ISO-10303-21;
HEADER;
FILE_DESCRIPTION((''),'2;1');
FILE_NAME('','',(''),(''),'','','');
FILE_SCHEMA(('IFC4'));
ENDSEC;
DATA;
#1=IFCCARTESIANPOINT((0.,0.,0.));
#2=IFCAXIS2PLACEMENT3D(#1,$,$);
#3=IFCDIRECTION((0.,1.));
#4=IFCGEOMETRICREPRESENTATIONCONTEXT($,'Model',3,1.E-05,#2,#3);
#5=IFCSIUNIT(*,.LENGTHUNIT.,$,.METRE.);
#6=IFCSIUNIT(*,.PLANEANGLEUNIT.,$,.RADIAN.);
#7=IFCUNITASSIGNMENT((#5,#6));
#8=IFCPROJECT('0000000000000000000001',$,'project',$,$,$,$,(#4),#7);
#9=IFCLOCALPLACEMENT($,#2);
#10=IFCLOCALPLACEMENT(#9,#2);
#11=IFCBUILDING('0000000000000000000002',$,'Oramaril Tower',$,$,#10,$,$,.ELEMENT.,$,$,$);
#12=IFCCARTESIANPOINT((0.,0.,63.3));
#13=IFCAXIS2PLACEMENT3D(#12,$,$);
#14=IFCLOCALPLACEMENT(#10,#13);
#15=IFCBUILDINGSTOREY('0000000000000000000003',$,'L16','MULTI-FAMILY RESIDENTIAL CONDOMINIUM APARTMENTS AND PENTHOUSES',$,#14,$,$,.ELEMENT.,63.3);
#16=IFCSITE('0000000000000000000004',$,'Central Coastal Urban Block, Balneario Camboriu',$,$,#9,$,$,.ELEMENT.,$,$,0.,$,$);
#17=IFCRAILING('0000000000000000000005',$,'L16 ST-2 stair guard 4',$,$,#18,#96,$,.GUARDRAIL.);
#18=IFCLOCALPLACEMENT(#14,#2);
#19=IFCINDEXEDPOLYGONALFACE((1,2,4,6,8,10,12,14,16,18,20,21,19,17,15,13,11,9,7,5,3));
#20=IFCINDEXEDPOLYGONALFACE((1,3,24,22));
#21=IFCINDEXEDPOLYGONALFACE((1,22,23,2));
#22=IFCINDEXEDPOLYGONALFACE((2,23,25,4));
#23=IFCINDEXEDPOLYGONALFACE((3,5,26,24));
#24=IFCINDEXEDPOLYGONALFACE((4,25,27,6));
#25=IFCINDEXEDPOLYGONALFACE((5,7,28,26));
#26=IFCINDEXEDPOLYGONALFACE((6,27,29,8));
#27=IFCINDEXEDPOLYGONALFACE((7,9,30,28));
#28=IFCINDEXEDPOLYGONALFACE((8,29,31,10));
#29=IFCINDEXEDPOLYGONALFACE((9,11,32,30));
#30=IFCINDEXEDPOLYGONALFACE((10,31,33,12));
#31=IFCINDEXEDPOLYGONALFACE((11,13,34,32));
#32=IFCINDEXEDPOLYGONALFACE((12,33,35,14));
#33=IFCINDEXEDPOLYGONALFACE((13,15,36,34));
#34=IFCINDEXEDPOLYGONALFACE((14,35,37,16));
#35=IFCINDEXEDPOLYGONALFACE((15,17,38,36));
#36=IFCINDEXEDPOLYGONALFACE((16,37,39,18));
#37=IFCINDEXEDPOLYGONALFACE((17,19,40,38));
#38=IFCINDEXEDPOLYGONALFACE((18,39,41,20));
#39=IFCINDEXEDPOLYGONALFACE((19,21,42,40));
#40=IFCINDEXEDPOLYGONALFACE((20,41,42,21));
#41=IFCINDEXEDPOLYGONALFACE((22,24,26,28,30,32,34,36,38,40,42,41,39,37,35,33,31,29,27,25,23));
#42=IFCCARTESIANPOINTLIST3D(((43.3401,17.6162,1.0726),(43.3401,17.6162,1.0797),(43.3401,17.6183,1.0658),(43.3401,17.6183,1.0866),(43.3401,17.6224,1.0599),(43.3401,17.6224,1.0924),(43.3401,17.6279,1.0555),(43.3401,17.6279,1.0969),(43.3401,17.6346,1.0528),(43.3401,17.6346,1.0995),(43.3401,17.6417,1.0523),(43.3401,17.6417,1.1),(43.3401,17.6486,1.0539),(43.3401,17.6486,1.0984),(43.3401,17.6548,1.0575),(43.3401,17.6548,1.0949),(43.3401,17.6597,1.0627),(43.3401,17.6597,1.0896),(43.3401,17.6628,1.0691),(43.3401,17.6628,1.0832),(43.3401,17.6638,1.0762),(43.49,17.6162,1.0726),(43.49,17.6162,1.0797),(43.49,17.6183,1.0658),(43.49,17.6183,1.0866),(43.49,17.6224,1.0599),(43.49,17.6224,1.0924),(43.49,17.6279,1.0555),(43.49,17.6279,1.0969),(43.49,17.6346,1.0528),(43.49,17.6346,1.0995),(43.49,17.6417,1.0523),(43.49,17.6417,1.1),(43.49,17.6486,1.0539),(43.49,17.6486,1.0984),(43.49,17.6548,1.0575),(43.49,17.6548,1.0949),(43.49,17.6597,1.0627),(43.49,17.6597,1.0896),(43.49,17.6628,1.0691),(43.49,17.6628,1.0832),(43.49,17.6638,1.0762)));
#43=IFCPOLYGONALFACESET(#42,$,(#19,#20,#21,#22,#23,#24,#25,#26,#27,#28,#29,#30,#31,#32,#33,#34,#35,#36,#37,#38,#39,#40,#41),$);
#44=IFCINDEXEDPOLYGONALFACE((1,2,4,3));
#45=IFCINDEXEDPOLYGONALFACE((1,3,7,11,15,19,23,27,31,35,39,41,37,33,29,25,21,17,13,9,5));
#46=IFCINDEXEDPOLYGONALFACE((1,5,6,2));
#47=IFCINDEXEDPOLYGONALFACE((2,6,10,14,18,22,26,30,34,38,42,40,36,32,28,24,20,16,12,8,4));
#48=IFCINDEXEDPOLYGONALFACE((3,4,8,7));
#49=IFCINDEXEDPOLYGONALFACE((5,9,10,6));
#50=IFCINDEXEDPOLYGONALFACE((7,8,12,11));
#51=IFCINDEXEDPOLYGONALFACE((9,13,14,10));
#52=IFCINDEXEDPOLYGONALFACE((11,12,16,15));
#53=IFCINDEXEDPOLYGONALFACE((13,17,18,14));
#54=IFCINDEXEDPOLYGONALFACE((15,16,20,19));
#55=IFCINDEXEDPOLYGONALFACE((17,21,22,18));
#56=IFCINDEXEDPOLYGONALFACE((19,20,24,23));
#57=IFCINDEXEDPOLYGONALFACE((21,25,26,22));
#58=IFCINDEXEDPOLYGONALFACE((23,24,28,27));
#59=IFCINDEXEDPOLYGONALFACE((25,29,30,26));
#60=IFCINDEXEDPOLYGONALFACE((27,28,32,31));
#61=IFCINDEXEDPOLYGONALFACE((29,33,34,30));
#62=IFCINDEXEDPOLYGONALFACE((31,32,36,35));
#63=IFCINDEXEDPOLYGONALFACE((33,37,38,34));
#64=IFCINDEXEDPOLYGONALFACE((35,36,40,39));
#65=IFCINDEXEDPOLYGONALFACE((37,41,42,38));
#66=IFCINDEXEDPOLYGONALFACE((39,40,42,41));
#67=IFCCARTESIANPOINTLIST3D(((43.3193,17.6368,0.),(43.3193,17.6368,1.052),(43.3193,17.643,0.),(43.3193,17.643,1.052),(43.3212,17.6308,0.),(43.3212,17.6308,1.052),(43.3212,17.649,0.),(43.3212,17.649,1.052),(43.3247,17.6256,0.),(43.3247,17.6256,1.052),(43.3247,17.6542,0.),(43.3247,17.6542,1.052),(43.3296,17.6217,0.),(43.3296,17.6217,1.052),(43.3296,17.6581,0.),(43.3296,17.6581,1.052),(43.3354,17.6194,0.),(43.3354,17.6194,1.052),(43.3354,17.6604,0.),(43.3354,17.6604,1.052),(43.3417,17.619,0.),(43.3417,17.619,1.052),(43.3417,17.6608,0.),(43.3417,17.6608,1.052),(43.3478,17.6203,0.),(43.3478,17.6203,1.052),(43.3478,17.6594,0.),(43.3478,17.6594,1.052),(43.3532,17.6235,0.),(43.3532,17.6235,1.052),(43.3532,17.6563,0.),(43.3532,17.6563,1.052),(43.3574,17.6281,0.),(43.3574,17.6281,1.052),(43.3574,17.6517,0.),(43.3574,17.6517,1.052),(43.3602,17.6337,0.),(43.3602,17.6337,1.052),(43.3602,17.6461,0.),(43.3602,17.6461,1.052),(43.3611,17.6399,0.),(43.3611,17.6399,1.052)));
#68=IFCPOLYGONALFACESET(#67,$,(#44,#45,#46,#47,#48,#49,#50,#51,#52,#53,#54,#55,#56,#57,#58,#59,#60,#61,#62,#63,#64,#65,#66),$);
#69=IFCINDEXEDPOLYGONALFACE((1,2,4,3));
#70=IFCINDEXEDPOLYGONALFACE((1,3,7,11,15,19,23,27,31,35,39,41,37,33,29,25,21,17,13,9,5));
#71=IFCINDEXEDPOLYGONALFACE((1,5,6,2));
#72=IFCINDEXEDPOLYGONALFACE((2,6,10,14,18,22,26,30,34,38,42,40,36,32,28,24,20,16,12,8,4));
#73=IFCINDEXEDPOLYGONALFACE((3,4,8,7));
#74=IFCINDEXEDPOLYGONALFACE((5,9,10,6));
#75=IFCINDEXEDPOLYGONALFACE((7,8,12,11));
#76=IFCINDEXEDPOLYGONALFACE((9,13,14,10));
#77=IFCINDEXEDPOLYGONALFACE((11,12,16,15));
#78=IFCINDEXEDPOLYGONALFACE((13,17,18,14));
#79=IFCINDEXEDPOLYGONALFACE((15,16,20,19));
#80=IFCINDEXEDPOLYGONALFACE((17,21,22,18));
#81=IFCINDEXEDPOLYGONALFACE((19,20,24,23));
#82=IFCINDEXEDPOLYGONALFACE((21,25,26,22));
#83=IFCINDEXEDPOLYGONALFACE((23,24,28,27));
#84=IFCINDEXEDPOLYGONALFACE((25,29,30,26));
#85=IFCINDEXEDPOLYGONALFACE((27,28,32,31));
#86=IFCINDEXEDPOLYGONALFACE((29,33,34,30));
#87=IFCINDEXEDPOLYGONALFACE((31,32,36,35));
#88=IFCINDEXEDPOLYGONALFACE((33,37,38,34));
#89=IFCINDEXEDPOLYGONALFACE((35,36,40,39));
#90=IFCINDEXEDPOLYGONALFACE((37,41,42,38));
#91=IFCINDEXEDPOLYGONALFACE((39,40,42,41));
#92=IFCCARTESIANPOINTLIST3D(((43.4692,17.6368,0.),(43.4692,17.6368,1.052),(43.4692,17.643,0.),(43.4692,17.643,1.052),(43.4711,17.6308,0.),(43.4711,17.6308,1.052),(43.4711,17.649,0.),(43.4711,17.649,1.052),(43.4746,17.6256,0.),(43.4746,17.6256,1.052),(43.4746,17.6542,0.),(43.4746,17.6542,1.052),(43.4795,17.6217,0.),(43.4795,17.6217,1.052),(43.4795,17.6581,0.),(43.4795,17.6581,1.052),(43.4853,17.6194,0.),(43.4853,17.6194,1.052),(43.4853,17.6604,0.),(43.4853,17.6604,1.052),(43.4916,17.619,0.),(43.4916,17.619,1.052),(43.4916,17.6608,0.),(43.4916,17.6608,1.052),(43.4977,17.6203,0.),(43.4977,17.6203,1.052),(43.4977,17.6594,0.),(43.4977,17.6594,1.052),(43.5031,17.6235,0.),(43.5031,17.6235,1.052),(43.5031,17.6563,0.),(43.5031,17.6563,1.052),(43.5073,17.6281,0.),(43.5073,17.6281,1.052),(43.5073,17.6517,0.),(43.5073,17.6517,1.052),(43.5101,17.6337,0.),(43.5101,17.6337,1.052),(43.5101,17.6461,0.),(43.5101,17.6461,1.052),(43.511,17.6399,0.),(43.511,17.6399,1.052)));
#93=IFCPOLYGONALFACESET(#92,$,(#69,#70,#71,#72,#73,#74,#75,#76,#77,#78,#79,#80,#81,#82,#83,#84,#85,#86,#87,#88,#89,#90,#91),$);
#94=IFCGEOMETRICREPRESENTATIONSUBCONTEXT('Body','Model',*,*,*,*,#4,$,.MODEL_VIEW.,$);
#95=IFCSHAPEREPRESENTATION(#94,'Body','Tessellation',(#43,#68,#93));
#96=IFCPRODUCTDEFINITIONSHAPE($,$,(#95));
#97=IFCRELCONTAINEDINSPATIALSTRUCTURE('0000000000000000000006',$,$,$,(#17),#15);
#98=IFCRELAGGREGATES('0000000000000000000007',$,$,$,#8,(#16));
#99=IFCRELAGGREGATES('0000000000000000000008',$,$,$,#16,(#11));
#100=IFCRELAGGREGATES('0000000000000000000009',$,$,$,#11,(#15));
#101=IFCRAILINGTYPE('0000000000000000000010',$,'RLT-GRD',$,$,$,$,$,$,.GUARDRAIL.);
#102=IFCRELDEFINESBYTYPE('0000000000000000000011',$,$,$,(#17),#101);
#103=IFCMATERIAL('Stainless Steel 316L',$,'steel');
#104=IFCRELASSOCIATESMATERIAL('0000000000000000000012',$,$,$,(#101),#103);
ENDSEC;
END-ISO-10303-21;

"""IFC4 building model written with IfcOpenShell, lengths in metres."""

from ifc_helpers import new_model, si_unit, direction, frame, origin, origin_2d, place, context, subcontext, project, spatial, circle, extrude, material, type_object, element, save


model = new_model("IFC4")

# Units and contexts
model_context = context("Model", 3, precision=1e-05, world=origin(), true_north=direction((0.0, 1.0)))
body_context = subcontext(model_context, "Body", "Model", "MODEL_VIEW")
ifc_project = project(units=[si_unit("LENGTHUNIT", "METRE"), si_unit("PLANEANGLEUNIT", "RADIAN")], contexts=[model_context])

# Site, building, storey
site_placement = place(None, origin())
site = spatial("IfcSite", under=ifc_project, at=site_placement, Name="Central Coastal Urban Block, Balneario Camboriu", CompositionType="ELEMENT", RefElevation=0.0)
building_placement = place(site_placement, origin())
building = spatial("IfcBuilding", under=site, at=building_placement, Name="Oramaril Tower", CompositionType="ELEMENT")
storey_placement = place(building_placement, frame((0.0, 0.0, 63.3)))
storey = spatial("IfcBuildingStorey", under=building, at=storey_placement, Name="L16", Description="MULTI-FAMILY RESIDENTIAL CONDOMINIUM APARTMENTS AND PENTHOUSES", CompositionType="ELEMENT", Elevation=63.3)

# Railing
ifc_material_1 = material(Name="Stainless Steel 316L", Category="steel")
railing_type = type_object("IfcRailingType", Name="RLT-GRD", PredefinedType="GUARDRAIL", material=ifc_material_1)
railing_1_placement = place(storey_placement, frame((43.3401, 17.6399, 0.0)))
element("IfcRailing", 1, at=railing_1_placement, inside=storey, type_object=railing_type, Name="L16 ST-2 stair guard 4", PredefinedType="GUARDRAIL", context=body_context, shape_type="SweptSolid", body=[
    extrude(circle(Radius=0.0239, at=origin_2d()), frame((0.0, 0.0, 1.0762), z_axis=(1.0, 0.0, 0.0), x_axis=(0.0, 1.0, 0.0)), (0.0, 0.0, 1.0), 0.1499),
    extrude(circle(Radius=0.021, at=origin_2d()), origin(), (0.0, 0.0, 1.0), 1.052),
    extrude(circle(Radius=0.021, at=origin_2d()), frame((0.1499, 0.0, 0.0)), (0.0, 0.0, 1.0), 1.052),
])

save(model, "model.ifc")
